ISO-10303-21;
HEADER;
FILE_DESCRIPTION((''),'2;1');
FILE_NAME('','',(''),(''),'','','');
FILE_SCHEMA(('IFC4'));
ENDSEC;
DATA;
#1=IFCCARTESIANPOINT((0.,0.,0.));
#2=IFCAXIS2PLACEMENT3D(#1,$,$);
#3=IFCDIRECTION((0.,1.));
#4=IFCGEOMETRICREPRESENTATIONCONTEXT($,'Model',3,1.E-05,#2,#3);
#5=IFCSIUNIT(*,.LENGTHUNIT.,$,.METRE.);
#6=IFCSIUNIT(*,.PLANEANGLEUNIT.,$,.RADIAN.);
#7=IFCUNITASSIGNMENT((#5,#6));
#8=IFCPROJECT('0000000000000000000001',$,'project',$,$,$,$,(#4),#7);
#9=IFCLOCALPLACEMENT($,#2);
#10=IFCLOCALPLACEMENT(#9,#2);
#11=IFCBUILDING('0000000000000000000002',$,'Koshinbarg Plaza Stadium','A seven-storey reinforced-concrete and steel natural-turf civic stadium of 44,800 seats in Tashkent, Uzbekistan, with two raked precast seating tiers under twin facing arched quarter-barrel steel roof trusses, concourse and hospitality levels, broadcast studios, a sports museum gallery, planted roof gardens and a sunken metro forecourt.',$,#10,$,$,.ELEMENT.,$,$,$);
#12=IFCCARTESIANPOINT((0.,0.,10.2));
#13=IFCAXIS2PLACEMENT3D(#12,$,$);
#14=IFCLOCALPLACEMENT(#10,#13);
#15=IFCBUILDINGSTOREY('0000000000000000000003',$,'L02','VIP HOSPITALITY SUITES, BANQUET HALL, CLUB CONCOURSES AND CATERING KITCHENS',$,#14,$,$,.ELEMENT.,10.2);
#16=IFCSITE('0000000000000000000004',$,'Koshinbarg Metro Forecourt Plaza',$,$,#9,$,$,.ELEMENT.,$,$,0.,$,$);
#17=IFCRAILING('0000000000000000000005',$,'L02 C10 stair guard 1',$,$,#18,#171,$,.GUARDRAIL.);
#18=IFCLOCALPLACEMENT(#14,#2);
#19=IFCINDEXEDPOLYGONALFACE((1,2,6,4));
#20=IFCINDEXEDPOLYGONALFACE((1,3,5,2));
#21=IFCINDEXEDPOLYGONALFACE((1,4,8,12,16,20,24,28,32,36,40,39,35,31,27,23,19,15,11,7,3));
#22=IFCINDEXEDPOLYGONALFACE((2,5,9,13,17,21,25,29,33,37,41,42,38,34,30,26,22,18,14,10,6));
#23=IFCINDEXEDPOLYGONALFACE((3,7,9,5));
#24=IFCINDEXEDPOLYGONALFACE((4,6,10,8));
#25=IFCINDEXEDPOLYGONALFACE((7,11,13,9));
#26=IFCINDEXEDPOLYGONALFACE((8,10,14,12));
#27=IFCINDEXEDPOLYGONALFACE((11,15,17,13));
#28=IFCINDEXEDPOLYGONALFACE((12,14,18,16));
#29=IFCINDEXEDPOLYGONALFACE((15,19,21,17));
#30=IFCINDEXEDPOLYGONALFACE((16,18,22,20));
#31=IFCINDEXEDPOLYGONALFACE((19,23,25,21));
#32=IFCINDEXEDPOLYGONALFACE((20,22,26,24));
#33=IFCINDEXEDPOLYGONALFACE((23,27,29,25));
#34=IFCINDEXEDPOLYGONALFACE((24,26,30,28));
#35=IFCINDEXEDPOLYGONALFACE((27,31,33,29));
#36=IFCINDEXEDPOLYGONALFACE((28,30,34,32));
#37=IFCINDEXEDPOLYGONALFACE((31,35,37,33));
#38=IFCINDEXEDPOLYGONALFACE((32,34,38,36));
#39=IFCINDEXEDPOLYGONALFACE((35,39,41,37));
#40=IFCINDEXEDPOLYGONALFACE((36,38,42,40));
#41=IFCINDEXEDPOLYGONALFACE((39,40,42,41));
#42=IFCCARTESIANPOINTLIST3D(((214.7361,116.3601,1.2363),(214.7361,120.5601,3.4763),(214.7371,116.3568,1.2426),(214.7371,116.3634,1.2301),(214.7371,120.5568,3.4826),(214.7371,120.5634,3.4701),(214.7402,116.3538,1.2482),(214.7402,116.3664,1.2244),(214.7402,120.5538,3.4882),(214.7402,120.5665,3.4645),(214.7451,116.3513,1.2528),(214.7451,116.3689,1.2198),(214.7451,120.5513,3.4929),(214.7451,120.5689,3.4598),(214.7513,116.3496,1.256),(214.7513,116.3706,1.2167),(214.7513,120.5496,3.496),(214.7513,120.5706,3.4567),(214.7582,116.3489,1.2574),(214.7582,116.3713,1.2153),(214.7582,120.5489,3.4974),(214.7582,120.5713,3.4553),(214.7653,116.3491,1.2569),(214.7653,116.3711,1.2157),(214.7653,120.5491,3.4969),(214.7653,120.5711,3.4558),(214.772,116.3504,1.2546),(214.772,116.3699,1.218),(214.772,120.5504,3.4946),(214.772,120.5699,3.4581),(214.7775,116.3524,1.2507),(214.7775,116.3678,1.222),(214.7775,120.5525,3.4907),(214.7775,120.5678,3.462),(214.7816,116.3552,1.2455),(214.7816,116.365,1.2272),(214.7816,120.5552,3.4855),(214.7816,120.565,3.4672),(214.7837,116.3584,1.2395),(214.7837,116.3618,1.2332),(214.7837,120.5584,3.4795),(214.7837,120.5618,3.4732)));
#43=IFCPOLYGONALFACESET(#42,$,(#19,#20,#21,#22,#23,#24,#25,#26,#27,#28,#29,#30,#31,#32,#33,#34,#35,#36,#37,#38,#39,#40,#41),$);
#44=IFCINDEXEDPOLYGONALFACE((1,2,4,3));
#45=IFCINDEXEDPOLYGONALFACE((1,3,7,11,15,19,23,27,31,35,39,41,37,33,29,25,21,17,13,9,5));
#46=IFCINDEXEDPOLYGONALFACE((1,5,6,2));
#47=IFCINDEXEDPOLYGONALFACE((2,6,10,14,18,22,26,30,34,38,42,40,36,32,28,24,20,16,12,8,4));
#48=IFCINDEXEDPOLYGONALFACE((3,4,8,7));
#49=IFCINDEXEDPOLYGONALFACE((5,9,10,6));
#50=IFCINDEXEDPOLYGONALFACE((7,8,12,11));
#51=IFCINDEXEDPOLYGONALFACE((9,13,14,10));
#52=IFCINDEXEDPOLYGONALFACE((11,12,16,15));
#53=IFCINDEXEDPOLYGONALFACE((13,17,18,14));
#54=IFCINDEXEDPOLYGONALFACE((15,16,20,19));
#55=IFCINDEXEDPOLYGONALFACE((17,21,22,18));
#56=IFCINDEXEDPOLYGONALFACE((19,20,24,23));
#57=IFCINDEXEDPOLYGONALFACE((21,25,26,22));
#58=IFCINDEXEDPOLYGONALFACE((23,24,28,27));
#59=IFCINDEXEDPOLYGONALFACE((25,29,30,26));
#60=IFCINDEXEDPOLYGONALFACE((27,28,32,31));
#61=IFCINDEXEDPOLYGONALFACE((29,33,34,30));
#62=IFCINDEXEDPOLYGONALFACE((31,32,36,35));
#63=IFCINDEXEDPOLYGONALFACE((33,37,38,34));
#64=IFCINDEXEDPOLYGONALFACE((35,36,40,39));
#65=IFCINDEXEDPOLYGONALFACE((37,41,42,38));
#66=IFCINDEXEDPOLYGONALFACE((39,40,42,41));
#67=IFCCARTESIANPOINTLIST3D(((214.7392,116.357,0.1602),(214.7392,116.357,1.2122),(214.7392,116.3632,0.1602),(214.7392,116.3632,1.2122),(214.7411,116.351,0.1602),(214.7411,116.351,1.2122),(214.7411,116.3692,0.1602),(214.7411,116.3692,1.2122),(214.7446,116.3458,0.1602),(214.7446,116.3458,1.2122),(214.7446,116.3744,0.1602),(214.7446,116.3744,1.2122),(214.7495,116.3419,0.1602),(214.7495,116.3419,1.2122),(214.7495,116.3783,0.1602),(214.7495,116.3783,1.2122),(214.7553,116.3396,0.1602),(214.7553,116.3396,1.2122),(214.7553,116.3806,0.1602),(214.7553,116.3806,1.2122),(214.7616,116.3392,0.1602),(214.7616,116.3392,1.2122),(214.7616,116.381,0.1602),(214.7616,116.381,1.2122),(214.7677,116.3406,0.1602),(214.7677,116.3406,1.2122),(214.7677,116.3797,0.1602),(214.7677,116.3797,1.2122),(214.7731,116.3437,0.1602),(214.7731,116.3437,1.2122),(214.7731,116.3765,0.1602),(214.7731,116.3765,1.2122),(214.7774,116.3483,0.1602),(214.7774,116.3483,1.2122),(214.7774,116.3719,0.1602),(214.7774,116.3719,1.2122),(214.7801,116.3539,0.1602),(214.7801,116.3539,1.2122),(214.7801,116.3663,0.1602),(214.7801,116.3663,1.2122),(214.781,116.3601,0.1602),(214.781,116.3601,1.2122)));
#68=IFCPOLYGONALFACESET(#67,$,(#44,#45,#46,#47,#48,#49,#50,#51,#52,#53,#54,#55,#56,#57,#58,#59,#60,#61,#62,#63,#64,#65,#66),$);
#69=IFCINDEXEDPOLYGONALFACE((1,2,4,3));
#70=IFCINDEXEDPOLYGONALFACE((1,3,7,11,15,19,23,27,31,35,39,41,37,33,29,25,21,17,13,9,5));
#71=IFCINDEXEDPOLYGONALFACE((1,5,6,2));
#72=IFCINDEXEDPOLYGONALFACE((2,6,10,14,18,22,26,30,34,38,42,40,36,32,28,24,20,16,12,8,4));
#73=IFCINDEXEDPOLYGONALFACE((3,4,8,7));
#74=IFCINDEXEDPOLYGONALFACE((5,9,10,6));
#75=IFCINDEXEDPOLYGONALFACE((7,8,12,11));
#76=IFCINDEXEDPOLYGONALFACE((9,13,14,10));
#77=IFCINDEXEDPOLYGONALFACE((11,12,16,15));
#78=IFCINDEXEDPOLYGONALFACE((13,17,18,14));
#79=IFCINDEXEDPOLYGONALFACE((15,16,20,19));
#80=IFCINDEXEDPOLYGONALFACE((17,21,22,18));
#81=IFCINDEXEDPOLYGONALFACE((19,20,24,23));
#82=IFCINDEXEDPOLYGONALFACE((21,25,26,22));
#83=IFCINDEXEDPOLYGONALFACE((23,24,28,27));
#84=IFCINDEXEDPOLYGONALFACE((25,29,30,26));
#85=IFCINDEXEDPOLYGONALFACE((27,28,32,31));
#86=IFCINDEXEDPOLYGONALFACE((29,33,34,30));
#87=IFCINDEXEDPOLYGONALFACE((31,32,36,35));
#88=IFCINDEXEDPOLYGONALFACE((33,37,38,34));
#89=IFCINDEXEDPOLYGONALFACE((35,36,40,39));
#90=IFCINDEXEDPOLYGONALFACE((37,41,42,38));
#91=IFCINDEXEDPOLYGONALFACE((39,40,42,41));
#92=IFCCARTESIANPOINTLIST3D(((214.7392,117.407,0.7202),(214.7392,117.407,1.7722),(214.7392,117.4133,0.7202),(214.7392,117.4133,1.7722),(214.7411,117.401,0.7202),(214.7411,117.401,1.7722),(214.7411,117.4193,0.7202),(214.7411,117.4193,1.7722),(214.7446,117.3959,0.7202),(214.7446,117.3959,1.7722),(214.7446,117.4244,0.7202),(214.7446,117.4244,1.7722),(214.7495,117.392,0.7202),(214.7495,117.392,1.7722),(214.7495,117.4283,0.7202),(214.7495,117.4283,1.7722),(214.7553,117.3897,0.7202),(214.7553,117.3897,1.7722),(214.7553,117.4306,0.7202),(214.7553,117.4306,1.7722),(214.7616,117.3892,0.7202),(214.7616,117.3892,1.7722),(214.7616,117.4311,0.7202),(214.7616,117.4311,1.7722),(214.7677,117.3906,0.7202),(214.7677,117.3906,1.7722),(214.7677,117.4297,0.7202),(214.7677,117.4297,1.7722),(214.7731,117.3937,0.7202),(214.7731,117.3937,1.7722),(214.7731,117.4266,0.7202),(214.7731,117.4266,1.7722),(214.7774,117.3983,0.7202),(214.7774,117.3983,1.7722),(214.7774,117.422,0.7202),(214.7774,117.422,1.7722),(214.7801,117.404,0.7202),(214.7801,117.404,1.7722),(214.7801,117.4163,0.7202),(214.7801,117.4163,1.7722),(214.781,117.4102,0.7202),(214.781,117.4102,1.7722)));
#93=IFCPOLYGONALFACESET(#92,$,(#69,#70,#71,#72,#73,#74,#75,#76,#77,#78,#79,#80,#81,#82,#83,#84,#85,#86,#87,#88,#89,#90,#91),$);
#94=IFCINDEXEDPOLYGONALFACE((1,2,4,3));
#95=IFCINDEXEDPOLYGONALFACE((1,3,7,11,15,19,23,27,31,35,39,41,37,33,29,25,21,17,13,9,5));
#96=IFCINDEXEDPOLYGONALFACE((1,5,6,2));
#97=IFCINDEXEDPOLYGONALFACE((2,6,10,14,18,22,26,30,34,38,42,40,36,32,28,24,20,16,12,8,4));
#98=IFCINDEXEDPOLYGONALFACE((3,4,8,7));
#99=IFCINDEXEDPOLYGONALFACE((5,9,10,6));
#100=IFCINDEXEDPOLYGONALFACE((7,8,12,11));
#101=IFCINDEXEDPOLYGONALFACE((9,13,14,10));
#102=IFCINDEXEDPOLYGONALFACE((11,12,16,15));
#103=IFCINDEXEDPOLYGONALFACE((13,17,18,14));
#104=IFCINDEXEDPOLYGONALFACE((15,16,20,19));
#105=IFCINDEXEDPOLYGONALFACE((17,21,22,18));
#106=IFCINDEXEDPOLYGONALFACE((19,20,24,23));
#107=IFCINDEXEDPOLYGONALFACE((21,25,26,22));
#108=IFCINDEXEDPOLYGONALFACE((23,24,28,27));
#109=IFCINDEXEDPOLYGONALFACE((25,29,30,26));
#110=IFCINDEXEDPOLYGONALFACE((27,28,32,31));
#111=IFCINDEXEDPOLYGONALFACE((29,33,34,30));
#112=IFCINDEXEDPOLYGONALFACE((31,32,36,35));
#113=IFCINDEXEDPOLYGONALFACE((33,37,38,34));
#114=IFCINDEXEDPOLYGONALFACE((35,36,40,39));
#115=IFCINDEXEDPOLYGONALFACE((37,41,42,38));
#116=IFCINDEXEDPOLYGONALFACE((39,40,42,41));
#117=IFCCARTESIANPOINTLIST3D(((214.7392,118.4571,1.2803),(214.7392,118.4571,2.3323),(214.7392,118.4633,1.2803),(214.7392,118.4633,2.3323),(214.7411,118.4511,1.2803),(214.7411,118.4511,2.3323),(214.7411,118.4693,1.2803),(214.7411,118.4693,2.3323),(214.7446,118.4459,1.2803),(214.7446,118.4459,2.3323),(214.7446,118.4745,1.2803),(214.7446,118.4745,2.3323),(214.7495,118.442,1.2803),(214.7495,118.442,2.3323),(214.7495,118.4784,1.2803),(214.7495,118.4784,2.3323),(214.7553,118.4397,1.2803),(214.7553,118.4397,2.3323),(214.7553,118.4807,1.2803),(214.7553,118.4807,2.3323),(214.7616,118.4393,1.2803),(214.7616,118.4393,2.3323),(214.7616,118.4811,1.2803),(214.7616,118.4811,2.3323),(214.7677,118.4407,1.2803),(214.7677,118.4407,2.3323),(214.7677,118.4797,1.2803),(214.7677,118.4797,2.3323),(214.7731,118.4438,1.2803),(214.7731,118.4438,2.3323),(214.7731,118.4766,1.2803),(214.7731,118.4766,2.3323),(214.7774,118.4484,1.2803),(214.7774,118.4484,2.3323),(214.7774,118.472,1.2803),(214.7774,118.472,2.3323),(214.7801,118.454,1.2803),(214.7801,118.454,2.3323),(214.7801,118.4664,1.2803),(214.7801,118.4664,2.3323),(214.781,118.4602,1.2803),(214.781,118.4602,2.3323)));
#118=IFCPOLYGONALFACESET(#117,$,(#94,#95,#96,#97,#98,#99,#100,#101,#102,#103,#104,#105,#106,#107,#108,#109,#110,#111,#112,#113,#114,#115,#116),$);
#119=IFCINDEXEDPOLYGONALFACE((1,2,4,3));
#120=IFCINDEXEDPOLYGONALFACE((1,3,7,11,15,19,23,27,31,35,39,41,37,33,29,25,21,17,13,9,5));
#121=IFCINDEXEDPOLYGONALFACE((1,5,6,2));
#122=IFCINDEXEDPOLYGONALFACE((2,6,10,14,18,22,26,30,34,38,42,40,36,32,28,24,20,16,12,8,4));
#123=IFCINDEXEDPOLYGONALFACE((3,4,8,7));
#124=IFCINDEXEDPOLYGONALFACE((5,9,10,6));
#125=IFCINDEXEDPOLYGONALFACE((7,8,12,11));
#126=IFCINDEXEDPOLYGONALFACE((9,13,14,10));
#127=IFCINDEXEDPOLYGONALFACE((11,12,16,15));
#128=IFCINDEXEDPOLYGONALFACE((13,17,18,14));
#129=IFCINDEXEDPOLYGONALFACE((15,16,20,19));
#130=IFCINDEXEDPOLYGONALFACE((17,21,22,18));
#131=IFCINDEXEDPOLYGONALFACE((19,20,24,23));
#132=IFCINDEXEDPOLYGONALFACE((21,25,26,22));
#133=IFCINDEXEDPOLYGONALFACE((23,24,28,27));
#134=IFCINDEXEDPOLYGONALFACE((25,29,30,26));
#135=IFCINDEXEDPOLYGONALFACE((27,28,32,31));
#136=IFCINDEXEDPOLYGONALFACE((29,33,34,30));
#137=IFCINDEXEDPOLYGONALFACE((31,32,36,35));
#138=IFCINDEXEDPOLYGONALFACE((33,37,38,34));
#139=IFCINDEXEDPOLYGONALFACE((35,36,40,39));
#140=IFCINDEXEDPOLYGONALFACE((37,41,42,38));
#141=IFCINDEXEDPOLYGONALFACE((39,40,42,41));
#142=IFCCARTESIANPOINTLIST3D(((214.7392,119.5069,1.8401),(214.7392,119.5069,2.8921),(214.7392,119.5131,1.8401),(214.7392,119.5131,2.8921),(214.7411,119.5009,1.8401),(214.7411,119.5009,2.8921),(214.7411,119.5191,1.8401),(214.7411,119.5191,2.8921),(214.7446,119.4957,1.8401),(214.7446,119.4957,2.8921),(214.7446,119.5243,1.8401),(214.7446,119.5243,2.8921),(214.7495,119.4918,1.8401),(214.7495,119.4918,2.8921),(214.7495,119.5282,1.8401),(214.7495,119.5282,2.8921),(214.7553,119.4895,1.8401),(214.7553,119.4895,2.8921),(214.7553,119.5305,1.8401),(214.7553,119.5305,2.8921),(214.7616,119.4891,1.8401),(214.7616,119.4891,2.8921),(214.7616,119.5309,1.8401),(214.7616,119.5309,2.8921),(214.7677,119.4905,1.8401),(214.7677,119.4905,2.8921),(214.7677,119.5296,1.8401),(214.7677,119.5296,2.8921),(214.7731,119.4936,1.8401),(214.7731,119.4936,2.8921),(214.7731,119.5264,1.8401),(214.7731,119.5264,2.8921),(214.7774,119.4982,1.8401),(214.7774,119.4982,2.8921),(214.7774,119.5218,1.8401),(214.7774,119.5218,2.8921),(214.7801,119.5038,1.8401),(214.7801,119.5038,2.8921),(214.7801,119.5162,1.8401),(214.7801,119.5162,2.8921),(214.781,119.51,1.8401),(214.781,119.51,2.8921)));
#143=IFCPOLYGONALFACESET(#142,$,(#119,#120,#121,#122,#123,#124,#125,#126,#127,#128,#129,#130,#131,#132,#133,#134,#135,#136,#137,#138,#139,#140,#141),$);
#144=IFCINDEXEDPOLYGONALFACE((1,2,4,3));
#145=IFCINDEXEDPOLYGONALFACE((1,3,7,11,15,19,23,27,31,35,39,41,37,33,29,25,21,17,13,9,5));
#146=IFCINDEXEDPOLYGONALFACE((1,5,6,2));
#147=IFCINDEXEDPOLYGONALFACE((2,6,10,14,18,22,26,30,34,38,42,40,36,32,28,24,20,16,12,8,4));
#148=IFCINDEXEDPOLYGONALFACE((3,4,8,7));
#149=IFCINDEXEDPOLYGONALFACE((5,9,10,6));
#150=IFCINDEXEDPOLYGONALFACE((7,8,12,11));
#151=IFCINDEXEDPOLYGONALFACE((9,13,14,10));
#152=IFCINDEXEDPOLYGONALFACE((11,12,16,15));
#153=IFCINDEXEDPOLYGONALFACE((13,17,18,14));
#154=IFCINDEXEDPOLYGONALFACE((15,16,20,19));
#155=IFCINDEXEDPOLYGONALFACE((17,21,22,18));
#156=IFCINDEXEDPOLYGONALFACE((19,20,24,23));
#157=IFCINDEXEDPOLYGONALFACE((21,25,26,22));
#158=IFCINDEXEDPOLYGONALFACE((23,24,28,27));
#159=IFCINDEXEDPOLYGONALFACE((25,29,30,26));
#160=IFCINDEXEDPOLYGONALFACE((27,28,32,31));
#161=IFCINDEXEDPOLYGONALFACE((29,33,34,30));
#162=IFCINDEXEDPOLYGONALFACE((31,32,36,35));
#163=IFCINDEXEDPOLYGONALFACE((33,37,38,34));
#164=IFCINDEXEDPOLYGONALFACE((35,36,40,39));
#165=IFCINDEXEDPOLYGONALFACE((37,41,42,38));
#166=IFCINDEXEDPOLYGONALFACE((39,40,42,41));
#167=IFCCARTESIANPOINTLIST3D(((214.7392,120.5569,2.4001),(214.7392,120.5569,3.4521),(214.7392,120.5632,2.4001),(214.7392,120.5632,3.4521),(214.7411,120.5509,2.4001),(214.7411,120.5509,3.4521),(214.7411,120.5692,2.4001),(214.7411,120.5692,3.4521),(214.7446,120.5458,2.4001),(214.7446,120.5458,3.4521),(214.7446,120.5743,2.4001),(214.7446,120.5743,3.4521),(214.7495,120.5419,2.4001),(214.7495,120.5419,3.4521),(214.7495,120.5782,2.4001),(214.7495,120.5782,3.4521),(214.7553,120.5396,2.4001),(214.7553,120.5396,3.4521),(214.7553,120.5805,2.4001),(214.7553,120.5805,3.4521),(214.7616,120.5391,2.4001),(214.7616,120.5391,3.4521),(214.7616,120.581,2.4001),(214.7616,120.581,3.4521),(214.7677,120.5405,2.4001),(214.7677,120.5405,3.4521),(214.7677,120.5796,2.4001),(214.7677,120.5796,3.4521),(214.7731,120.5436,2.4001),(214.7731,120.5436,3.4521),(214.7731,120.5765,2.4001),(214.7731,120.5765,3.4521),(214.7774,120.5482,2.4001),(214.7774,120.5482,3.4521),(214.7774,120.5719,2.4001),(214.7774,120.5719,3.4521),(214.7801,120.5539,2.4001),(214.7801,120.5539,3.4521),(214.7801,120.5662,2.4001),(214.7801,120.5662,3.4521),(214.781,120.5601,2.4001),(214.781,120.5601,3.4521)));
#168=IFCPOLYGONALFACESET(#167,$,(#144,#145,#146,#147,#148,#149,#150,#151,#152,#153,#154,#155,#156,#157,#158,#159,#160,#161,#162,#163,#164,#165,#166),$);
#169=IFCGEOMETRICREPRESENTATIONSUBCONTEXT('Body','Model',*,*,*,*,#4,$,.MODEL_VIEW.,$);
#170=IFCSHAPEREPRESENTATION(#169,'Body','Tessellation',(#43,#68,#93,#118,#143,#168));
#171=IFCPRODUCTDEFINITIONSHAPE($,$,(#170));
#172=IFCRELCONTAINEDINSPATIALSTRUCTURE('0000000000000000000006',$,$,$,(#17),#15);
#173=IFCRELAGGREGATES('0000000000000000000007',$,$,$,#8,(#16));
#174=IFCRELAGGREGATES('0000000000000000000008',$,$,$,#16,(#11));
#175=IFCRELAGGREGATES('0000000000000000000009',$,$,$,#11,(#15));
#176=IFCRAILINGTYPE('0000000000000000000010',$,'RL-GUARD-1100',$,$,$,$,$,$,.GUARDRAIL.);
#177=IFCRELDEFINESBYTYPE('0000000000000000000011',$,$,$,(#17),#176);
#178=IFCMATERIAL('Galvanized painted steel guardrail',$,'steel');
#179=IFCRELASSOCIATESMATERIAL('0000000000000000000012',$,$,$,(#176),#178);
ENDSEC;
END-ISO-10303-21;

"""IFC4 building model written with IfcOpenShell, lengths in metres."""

from ifc_helpers import new_model, si_unit, direction, frame, origin, origin_2d, place, context, subcontext, project, spatial, circle, extrude, material, type_object, element, save


model = new_model("IFC4")

# Units and contexts
model_context = context("Model", 3, precision=1e-05, world=origin(), true_north=direction((0.0, 1.0)))
body_context = subcontext(model_context, "Body", "Model", "MODEL_VIEW")
ifc_project = project(units=[si_unit("LENGTHUNIT", "METRE"), si_unit("PLANEANGLEUNIT", "RADIAN")], contexts=[model_context])

# Site, building, storey
site_placement = place(None, origin())
site = spatial("IfcSite", under=ifc_project, at=site_placement, Name="Koshinbarg Metro Forecourt Plaza", CompositionType="ELEMENT", RefElevation=0.0)
building_placement = place(site_placement, origin())
building = spatial("IfcBuilding", under=site, at=building_placement, Name="Koshinbarg Plaza Stadium", Description="A seven-storey reinforced-concrete and steel natural-turf civic stadium of 44,800 seats in Tashkent, Uzbekistan, with two raked precast seating tiers under twin facing arched quarter-barrel steel roof trusses, concourse and hospitality levels, broadcast studios, a sports museum gallery, planted roof gardens and a sunken metro forecourt.", CompositionType="ELEMENT")
storey_placement = place(building_placement, frame((0.0, 0.0, 10.2)))
storey = spatial("IfcBuildingStorey", under=building, at=storey_placement, Name="L02", Description="VIP HOSPITALITY SUITES, BANQUET HALL, CLUB CONCOURSES AND CATERING KITCHENS", CompositionType="ELEMENT", Elevation=10.2)

# Railing
ifc_material_1 = material(Name="Galvanized painted steel guardrail", Category="steel")
railing_type_1 = type_object("IfcRailingType", Name="RL-GUARD-1100", PredefinedType="GUARDRAIL", material=ifc_material_1)
railing_1_placement = place(storey_placement, frame((214.76, 116.3601, 0.1602)))
element("IfcRailing", 1, at=railing_1_placement, inside=storey, type_object=railing_type_1, Name="L02 C10 stair guard 1", PredefinedType="GUARDRAIL", context=body_context, shape_type="SweptSolid", body=[
    extrude(circle(Radius=0.0239, at=origin_2d()), frame((0.0, 0.0, 1.0762), z_axis=(0.0, 0.882352, 0.470591), x_axis=(-1.0, 0.0, 0.0)), (0.0, 0.0, 1.0), 4.76),
    extrude(circle(Radius=0.021, at=origin_2d()), origin(), (0.0, 0.0, 1.0), 1.052),
    extrude(circle(Radius=0.021, at=origin_2d()), frame((0.0, 1.05, 0.5601)), (0.0, 0.0, 1.0), 1.052),
    extrude(circle(Radius=0.021, at=origin_2d()), frame((0.0, 2.1001, 1.1201)), (0.0, 0.0, 1.0), 1.052),
    extrude(circle(Radius=0.021, at=origin_2d()), frame((0.0, 3.1499, 1.6799)), (0.0, 0.0, 1.0), 1.052),
    extrude(circle(Radius=0.021, at=origin_2d()), frame((0.0, 4.2, 2.24)), (0.0, 0.0, 1.0), 1.052),
])

save(model, "model.ifc")
